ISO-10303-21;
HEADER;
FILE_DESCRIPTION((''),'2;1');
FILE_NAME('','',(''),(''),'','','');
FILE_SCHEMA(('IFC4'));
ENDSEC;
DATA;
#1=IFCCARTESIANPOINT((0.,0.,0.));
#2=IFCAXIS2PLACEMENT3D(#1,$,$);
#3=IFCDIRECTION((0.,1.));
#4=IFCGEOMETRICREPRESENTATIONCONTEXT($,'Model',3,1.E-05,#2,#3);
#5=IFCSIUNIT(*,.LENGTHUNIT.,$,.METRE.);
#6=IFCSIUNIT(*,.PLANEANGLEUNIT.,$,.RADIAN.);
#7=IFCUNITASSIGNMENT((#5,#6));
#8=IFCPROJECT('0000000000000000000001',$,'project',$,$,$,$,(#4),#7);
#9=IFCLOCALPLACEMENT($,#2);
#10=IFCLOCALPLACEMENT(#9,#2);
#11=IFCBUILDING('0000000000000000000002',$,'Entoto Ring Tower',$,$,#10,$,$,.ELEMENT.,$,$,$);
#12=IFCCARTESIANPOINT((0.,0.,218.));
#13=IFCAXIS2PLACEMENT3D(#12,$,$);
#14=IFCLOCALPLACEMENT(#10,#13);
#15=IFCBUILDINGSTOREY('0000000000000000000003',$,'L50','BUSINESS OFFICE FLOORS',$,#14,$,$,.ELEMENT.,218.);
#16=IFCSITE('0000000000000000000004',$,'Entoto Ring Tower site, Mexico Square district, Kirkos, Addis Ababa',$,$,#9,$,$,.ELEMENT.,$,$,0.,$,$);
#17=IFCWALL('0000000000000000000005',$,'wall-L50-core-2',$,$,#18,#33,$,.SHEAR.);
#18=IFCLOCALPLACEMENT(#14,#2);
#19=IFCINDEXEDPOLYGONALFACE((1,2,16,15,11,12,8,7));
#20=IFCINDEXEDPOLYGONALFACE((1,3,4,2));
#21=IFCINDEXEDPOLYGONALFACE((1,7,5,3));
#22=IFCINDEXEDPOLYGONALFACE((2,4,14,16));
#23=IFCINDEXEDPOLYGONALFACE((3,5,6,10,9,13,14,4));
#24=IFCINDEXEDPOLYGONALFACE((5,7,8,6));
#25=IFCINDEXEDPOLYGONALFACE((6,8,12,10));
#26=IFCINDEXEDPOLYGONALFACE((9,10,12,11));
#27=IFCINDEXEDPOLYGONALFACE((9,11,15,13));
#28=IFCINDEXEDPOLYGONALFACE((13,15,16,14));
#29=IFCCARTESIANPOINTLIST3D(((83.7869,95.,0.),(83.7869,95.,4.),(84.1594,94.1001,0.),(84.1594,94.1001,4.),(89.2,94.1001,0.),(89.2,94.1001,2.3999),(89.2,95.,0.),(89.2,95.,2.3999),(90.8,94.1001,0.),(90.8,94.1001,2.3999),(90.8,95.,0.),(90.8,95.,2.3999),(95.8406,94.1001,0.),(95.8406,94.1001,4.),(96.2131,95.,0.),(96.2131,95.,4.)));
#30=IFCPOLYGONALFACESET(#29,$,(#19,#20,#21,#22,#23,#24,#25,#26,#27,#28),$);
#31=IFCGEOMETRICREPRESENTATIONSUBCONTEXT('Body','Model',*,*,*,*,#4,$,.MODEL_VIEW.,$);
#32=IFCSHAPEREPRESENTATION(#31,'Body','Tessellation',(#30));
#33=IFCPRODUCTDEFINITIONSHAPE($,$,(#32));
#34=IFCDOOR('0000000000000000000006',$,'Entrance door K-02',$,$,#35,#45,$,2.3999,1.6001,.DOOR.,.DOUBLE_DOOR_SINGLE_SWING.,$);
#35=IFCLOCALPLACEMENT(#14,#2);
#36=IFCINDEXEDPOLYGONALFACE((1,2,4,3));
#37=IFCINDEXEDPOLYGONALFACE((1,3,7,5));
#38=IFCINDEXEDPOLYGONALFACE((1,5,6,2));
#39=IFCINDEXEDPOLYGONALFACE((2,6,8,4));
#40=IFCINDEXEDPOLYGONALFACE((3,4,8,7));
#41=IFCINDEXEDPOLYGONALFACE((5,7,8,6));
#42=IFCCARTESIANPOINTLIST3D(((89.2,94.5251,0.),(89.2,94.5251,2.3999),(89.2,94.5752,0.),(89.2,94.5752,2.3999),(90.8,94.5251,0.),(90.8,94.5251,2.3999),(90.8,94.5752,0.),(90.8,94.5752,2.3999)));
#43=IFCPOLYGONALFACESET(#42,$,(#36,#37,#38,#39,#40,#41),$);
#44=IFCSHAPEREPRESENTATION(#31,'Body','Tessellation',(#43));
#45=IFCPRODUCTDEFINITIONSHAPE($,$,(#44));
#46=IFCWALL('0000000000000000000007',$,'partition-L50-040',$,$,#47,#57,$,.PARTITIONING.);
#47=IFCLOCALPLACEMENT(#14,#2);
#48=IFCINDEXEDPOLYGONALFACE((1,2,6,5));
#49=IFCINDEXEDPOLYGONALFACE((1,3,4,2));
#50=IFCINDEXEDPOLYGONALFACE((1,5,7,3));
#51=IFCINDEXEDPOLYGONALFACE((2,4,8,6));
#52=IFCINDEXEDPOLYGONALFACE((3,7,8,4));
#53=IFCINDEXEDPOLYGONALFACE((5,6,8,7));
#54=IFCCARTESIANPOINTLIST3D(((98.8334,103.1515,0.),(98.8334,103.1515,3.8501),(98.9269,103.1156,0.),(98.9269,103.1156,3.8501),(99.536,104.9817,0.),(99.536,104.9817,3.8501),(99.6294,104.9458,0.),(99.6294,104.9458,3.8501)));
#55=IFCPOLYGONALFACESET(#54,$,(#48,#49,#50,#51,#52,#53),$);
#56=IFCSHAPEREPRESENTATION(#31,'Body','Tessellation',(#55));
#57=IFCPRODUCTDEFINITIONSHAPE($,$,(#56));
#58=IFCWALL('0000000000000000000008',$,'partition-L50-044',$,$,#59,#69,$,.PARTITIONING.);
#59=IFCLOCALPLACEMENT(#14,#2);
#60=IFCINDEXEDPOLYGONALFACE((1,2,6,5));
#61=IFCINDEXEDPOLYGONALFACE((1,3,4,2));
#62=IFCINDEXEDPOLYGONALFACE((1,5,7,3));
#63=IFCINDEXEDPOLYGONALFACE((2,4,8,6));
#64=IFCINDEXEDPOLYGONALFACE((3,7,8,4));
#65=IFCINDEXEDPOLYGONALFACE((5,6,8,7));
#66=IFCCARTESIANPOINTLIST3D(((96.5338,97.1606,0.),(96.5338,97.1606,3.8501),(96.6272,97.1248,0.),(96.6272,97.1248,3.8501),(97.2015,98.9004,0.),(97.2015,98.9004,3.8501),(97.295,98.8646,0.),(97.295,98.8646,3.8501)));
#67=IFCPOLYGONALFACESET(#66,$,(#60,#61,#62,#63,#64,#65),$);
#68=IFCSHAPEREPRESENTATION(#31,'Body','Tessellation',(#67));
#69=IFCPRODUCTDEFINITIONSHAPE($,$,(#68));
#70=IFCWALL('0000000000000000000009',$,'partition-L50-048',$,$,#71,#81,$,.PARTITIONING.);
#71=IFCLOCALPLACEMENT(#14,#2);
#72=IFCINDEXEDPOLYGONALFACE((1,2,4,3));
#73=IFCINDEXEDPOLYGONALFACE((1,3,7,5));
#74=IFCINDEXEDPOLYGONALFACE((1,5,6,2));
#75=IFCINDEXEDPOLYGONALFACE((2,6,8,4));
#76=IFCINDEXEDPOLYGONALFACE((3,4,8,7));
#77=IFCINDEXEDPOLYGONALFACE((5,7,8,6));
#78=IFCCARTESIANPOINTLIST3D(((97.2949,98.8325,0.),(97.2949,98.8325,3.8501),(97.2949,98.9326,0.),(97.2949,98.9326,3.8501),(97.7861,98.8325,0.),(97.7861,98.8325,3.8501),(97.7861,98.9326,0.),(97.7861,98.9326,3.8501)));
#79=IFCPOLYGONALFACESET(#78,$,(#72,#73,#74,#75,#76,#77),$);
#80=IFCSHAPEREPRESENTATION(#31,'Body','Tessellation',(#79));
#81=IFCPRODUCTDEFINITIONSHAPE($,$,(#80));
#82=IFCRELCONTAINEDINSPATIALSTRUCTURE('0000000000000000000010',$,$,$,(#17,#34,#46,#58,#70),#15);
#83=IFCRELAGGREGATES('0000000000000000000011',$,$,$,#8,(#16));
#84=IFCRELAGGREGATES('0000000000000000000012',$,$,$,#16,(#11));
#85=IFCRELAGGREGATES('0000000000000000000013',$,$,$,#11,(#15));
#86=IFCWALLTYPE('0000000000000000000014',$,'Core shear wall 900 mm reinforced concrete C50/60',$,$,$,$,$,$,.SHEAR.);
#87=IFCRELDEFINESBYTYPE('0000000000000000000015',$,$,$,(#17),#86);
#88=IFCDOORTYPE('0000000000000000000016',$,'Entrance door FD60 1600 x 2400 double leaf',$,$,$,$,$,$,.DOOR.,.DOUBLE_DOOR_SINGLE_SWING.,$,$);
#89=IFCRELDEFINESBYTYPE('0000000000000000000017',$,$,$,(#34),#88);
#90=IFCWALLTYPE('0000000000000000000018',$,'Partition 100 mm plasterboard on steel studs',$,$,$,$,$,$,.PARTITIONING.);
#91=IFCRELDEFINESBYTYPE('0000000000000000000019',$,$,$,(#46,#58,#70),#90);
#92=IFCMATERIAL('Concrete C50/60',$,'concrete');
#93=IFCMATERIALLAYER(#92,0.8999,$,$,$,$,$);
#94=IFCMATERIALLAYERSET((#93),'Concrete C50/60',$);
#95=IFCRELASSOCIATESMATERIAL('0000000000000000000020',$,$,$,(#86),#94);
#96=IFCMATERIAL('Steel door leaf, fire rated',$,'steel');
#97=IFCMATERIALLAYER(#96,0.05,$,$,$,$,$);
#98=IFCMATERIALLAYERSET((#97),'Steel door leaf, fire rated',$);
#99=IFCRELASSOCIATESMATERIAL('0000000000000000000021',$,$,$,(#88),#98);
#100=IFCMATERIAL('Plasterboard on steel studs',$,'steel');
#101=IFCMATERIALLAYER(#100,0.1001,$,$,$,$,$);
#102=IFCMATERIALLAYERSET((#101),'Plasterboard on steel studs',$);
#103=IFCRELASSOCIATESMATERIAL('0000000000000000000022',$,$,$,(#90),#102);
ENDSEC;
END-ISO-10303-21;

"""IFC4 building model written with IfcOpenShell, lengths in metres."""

from ifc_helpers import new_model, si_unit, direction, frame, frame_2d, origin, place, context, subcontext, project, spatial, polyline, rectangle, outline, extrude, material, layer, layer_set, type_object, element, fill, save


model = new_model("IFC4")

# Units and contexts
model_context = context("Model", 3, precision=1e-05, world=origin(), true_north=direction((0.0, 1.0)))
body_context = subcontext(model_context, "Body", "Model", "MODEL_VIEW")
ifc_project = project(units=[si_unit("LENGTHUNIT", "METRE"), si_unit("PLANEANGLEUNIT", "RADIAN")], contexts=[model_context])

# Site, building, storey
site_placement = place(None, origin())
site = spatial("IfcSite", under=ifc_project, at=site_placement, Name="Entoto Ring Tower site, Mexico Square district, Kirkos, Addis Ababa", CompositionType="ELEMENT", RefElevation=0.0)
building_placement = place(site_placement, origin())
building = spatial("IfcBuilding", under=site, at=building_placement, Name="Entoto Ring Tower", CompositionType="ELEMENT")
storey_placement = place(building_placement, frame((0.0, 0.0, 218.0)))
storey = spatial("IfcBuildingStorey", under=building, at=storey_placement, Name="L50", Description="BUSINESS OFFICE FLOORS", CompositionType="ELEMENT", Elevation=218.0)

# Wall, opening, door
ifc_material_1 = material(Name="Concrete C50/60", Category="concrete")
ifc_layer_1 = layer(ifc_material_1, 0.8999)
ifc_layer_set_1 = layer_set([ifc_layer_1], Name="Concrete C50/60")
wall_type_1 = type_object("IfcWallType", Name="Core shear wall 900 mm reinforced concrete C50/60", PredefinedType="SHEAR", material=ifc_layer_set_1)
wall_1_placement = place(storey_placement, frame((96.0269, 94.55, 0.0), z_axis=(0.0, 0.0, 1.0), x_axis=(-1.0, 0.0, 0.0)))
wall_1 = element("IfcWall", 1, at=wall_1_placement, inside=storey, type_object=wall_type_1, Name="wall-L50-core-2", PredefinedType="SHEAR", context=body_context, shape_type="SweptSolid", body=[
    extrude(outline(polyline([(-0.1863, -0.45), (12.24, -0.45), (11.8674, 0.45), (0.1863, 0.45), (-0.1863, -0.45)])), origin(), (0.0, 0.0, 1.0), 4.0),
])
opening_placement = place(wall_1_placement, frame((5.2268, 0.0, 0.0)))
opening = element("IfcOpeningElement", 2, at=opening_placement, cuts=wall_1, PredefinedType="OPENING", context=body_context, shape_type="SweptSolid", body=[
    extrude(rectangle(XDim=1.6001, YDim=2.3999, at=frame_2d((0.8, 1.2))), frame((0.0, 0.46, 0.0), z_axis=(0.0, -1.0, 0.0), x_axis=(1.0, 0.0, 0.0)), (0.0, 0.0, 1.0), 0.9199),
])
ifc_material_2 = material(Name="Steel door leaf, fire rated", Category="steel")
ifc_layer_2 = layer(ifc_material_2, 0.05)
ifc_layer_set_2 = layer_set([ifc_layer_2], Name="Steel door leaf, fire rated")
door_type = type_object("IfcDoorType", Name="Entrance door FD60 1600 x 2400 double leaf", OperationType="DOUBLE_DOOR_SINGLE_SWING", PredefinedType="DOOR", material=ifc_layer_set_2)
door_placement = place(opening_placement, origin())
door = element("IfcDoor", 3, at=door_placement, inside=storey, type_object=door_type, Name="Entrance door K-02", OperationType="DOUBLE_DOOR_SINGLE_SWING", OverallHeight=2.3999, OverallWidth=1.6001, PredefinedType="DOOR", context=body_context, shape_type="SweptSolid", body=[
    extrude(rectangle(XDim=1.6001, YDim=2.3999, at=frame_2d((0.8, 1.2))), frame((0.0, 0.0249, 0.0), z_axis=(0.0, -1.0, 0.0), x_axis=(1.0, 0.0, 0.0)), (0.0, 0.0, 1.0), 0.05),
])
fill(opening, door)

# Walls
ifc_material_3 = material(Name="Plasterboard on steel studs", Category="steel")
ifc_layer_3 = layer(ifc_material_3, 0.1001)
ifc_layer_set_3 = layer_set([ifc_layer_3], Name="Plasterboard on steel studs")
wall_type_2 = type_object("IfcWallType", Name="Partition 100 mm plasterboard on steel studs", PredefinedType="PARTITIONING", material=ifc_layer_set_3)
wall_2_placement = place(storey_placement, frame((98.8801, 103.1335, 0.0), z_axis=(0.0, 0.0, 1.0), x_axis=(0.358387, 0.933573, 0.0)))
element("IfcWall", 4, at=wall_2_placement, inside=storey, type_object=wall_type_2, Name="partition-L50-040", PredefinedType="PARTITIONING", context=body_context, shape_type="SweptSolid", body=[
    extrude(rectangle(XDim=1.9604, YDim=0.1001, at=frame_2d((0.9802, 0.0))), origin(), (0.0, 0.0, 1.0), 3.8501),
])
wall_3_placement = place(storey_placement, frame((96.5806, 97.1428, 0.0), z_axis=(0.0, 0.0, 1.0), x_axis=(0.358321, 0.933599, 0.0)))
element("IfcWall", 5, at=wall_3_placement, inside=storey, type_object=wall_type_2, Name="partition-L50-044", PredefinedType="PARTITIONING", context=body_context, shape_type="SweptSolid", body=[
    extrude(rectangle(XDim=1.8635, YDim=0.1001, at=frame_2d((0.9316, 0.0))), origin(), (0.0, 0.0, 1.0), 3.8501),
])
wall_4_placement = place(storey_placement, frame((97.2949, 98.8826, 0.0), z_axis=(0.0, 0.0, 1.0), x_axis=(1.0, 0.0, 0.0)))
element("IfcWall", 6, at=wall_4_placement, inside=storey, type_object=wall_type_2, Name="partition-L50-048", PredefinedType="PARTITIONING", context=body_context, shape_type="SweptSolid", body=[
    extrude(rectangle(XDim=0.4912, YDim=0.1001, at=frame_2d((0.2456, 0.0))), origin(), (0.0, 0.0, 1.0), 3.8501),
])

save(model, "model.ifc")
